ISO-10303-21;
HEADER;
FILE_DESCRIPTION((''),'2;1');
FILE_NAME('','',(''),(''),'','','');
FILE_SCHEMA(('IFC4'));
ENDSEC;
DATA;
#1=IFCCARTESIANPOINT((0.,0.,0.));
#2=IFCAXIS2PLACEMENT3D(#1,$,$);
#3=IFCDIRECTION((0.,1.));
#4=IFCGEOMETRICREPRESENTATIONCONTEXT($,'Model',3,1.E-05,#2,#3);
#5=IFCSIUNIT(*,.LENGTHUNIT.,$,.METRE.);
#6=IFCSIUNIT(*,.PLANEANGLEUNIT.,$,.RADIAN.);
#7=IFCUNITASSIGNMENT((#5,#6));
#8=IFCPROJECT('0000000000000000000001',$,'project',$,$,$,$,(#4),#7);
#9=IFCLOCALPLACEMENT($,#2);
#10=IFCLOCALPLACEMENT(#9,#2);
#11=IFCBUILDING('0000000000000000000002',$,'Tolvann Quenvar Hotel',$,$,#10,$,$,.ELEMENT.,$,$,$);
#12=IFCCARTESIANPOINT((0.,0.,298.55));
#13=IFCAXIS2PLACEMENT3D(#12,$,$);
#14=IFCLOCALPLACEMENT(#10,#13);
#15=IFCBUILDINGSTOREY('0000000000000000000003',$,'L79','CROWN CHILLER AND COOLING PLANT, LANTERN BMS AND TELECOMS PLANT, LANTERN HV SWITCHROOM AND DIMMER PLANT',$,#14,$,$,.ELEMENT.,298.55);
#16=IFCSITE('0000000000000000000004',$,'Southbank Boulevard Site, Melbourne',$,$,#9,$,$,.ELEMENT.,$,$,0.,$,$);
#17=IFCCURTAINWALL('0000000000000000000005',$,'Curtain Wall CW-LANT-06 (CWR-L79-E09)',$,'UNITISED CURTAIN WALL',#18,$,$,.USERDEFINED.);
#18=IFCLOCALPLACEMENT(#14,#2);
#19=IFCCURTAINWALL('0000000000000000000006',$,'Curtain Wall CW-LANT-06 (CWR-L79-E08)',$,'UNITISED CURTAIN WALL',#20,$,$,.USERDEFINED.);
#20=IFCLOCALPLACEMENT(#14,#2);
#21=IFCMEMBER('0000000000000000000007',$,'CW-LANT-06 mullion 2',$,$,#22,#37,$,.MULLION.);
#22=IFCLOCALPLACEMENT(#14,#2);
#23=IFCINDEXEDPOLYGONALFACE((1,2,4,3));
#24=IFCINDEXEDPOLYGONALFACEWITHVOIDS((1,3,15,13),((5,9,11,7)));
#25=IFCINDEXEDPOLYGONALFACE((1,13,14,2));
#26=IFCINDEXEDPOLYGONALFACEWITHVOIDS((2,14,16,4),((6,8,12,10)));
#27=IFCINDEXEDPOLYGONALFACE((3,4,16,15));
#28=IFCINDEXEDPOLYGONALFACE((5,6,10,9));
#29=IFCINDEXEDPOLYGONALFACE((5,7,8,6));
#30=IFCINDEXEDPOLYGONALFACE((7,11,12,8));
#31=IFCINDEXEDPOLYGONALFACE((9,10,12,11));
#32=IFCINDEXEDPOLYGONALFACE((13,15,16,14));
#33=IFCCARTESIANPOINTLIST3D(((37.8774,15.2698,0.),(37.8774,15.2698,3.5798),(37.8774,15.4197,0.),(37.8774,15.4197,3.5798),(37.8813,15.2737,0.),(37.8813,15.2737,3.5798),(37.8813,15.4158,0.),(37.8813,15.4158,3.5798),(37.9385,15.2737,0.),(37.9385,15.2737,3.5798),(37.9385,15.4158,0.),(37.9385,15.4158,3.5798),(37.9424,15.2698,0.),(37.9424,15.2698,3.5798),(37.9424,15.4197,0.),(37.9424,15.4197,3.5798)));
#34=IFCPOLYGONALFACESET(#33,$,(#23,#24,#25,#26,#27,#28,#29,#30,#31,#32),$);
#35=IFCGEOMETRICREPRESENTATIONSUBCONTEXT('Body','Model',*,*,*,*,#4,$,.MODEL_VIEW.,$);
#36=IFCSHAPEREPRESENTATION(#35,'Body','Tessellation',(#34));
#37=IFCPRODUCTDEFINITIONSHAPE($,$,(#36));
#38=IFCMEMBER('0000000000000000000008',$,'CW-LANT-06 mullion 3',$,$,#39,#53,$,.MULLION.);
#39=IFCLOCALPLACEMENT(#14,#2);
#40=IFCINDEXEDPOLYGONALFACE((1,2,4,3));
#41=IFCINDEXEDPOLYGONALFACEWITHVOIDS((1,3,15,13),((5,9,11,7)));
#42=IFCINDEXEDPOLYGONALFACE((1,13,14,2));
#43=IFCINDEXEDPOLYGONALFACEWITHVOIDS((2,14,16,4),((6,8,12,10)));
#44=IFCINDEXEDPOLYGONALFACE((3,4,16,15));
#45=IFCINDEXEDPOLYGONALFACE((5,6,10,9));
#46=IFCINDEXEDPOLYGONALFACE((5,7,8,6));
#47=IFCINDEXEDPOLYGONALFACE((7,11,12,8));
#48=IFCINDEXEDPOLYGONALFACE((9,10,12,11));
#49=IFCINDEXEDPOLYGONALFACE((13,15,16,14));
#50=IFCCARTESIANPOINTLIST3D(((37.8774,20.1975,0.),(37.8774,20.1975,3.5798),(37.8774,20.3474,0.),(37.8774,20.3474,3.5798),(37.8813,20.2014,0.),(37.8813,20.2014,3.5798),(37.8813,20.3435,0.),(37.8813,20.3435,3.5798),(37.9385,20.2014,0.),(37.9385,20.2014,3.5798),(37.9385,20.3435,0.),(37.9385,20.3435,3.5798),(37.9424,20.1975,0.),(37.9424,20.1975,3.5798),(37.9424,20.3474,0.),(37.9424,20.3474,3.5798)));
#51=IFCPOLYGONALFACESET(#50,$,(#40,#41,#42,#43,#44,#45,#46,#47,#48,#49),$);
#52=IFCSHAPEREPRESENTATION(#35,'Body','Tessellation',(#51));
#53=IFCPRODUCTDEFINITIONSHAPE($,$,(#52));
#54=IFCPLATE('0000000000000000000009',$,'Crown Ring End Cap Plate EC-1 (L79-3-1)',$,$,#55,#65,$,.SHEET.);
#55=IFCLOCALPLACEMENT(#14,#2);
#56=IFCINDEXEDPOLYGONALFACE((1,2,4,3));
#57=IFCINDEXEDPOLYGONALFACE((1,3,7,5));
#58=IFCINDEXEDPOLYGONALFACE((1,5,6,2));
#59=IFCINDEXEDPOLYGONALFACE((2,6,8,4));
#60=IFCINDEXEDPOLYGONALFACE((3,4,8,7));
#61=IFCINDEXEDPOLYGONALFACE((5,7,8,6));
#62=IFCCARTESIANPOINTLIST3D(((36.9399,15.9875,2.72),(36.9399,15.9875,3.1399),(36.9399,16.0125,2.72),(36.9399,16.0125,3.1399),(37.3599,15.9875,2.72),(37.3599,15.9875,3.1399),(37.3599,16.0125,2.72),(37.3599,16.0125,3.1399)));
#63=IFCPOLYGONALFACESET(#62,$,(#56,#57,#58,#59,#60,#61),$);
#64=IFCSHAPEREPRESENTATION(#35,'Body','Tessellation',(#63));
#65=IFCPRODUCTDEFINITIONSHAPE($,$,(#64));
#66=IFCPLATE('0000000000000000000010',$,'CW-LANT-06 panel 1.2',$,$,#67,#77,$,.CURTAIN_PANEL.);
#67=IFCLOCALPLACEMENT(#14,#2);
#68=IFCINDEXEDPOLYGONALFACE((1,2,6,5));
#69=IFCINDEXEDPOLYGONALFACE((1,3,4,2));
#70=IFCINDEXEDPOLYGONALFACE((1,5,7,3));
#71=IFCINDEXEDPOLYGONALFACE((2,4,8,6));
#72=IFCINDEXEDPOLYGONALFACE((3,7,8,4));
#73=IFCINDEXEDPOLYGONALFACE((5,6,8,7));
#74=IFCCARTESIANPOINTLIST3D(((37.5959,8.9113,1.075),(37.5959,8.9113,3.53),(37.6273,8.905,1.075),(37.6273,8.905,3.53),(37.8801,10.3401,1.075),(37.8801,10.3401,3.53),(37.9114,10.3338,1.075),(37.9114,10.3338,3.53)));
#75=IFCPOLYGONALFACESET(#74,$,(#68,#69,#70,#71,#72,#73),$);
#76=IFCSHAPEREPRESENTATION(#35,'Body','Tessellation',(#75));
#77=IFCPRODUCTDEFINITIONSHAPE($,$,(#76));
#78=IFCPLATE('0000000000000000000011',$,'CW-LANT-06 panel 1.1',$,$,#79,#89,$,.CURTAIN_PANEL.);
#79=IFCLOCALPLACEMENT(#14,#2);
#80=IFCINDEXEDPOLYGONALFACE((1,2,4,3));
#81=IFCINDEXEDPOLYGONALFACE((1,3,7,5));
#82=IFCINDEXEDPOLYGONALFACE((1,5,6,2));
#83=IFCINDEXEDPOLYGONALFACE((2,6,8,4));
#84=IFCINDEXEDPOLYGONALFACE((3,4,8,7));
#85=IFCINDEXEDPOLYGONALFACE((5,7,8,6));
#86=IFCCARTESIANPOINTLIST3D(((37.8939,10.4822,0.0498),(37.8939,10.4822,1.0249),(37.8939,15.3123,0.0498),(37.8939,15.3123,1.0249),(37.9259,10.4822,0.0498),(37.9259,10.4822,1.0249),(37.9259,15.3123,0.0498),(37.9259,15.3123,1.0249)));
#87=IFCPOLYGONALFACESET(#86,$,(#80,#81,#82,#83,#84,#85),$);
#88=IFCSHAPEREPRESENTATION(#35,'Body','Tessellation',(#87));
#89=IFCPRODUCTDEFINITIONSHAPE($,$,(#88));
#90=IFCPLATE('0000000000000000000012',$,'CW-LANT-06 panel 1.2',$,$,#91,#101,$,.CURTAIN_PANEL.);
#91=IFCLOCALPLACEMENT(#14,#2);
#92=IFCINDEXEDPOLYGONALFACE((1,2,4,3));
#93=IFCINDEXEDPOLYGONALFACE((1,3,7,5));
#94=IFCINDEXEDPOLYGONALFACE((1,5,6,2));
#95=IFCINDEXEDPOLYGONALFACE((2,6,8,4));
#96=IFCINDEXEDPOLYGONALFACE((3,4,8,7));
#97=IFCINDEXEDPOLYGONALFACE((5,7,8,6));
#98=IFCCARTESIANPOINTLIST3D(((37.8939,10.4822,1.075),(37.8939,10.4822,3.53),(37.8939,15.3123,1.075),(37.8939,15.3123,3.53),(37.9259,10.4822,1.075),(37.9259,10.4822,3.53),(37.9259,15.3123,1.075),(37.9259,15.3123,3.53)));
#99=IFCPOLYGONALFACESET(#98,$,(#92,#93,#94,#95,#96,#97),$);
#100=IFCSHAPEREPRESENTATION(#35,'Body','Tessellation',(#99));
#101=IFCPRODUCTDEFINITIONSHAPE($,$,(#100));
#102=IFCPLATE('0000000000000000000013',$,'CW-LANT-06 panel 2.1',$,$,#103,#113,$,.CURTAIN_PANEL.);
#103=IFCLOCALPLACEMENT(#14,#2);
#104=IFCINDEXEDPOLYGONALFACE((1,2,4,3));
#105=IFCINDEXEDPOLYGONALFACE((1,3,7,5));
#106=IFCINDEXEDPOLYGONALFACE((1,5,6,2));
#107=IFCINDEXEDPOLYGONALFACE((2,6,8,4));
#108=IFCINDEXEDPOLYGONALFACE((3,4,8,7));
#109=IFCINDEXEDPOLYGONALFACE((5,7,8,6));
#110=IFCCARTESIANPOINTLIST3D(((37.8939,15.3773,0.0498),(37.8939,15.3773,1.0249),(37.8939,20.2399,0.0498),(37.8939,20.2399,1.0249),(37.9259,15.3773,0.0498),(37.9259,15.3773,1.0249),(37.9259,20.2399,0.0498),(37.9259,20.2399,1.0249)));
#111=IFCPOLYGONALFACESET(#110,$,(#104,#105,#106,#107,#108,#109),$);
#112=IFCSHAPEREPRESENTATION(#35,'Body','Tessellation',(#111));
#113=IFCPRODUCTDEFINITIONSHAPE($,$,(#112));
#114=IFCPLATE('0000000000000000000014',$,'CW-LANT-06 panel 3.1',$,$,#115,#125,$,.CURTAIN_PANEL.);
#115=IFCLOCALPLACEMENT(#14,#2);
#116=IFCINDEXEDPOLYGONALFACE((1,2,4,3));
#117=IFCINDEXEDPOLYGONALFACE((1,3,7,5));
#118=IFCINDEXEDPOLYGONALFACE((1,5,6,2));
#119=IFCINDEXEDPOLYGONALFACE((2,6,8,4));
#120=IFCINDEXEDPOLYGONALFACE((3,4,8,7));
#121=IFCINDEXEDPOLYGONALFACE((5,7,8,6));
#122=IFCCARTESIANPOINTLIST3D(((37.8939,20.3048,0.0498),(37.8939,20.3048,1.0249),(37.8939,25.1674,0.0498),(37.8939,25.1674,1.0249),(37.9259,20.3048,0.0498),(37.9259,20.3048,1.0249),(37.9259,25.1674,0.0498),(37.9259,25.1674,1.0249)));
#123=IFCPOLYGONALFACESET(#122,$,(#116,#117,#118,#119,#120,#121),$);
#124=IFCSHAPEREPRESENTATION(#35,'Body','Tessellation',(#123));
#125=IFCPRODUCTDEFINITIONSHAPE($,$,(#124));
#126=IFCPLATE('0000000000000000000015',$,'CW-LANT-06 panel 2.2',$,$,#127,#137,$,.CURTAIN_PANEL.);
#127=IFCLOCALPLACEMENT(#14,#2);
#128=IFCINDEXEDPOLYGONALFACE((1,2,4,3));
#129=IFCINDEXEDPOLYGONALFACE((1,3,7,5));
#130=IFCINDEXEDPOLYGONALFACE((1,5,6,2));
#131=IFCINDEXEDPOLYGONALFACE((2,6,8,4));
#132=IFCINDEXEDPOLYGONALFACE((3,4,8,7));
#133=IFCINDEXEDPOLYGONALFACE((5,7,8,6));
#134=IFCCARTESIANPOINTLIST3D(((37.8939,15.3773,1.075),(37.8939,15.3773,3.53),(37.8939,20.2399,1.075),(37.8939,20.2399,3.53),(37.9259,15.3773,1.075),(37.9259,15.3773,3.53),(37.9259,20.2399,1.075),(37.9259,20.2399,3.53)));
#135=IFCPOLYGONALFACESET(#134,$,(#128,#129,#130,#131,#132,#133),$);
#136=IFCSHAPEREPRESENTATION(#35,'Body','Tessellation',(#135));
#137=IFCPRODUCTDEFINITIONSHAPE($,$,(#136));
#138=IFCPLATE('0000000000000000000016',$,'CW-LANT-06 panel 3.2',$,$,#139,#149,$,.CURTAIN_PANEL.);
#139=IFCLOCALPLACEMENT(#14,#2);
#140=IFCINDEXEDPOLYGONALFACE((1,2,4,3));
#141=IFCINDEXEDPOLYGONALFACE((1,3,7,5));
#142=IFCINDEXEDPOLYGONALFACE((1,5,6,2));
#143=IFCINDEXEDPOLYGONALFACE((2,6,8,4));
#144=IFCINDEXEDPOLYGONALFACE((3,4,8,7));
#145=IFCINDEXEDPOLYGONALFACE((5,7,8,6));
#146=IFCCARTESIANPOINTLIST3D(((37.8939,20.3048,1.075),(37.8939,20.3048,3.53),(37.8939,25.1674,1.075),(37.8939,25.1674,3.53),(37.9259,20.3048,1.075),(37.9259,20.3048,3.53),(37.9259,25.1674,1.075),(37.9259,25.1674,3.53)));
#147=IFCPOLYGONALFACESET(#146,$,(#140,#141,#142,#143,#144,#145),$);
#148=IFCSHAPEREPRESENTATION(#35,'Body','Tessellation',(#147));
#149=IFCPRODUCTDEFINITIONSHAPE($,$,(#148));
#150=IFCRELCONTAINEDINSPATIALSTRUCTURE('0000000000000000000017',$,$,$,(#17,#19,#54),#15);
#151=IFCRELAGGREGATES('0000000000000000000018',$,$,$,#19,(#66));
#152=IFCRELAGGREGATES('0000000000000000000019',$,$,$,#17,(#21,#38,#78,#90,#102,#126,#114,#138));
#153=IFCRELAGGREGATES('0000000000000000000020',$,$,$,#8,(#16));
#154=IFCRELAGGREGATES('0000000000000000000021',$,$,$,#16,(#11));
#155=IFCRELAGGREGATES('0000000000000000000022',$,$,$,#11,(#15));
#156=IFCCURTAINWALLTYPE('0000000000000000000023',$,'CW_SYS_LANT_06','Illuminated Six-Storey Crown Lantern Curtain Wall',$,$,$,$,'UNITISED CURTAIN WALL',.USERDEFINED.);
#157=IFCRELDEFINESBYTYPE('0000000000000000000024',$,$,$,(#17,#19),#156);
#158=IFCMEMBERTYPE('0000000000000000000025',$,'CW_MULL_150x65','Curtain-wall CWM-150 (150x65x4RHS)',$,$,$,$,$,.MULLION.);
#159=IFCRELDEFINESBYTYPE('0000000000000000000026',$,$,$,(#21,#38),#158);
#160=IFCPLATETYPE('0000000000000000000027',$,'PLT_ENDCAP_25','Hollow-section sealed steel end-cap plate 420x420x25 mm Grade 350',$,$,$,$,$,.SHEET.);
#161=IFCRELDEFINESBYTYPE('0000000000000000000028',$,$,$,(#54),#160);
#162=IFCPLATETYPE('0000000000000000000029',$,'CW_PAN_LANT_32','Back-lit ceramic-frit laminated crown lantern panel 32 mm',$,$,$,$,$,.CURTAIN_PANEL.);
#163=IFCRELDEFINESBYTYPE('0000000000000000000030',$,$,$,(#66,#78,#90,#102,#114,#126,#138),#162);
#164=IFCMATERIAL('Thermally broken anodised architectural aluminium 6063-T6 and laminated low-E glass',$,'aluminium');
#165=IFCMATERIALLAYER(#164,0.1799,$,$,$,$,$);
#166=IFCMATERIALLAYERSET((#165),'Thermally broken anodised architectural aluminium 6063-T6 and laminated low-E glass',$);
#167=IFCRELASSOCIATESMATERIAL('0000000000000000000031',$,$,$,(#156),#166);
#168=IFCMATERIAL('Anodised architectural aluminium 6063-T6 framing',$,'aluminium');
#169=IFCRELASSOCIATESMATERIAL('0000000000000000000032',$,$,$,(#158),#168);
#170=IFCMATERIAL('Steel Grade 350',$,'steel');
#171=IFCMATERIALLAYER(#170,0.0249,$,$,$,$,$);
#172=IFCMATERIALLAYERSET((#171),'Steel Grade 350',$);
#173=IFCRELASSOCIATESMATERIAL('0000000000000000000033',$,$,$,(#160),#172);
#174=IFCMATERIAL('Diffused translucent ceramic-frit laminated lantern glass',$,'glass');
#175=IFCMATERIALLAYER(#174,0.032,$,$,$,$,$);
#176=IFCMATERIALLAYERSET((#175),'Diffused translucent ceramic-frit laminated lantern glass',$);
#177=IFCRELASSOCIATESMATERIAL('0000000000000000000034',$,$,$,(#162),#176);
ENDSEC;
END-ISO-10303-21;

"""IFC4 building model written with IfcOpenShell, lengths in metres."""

from ifc_helpers import new_model, si_unit, direction, frame, origin, origin_2d, place, context, subcontext, project, spatial, rectangle, hollow_rectangle, extrude, source, transform, mapped, material, layer, layer_set, material_profile, profile_set, type_object, type_shapes, element, aggregate, save


model = new_model("IFC4")

# Units and contexts
model_context = context("Model", 3, precision=1e-05, world=origin(), true_north=direction((0.0, 1.0)))
body_context = subcontext(model_context, "Body", "Model", "MODEL_VIEW")
ifc_project = project(units=[si_unit("LENGTHUNIT", "METRE"), si_unit("PLANEANGLEUNIT", "RADIAN")], contexts=[model_context])

# Site, building, storey
site_placement = place(None, origin())
site = spatial("IfcSite", under=ifc_project, at=site_placement, Name="Southbank Boulevard Site, Melbourne", CompositionType="ELEMENT", RefElevation=0.0)
building_placement = place(site_placement, origin())
building = spatial("IfcBuilding", under=site, at=building_placement, Name="Tolvann Quenvar Hotel", CompositionType="ELEMENT")
storey_placement = place(building_placement, frame((0.0, 0.0, 298.55)))
storey = spatial("IfcBuildingStorey", under=building, at=storey_placement, Name="L79", Description="CROWN CHILLER AND COOLING PLANT, LANTERN BMS AND TELECOMS PLANT, LANTERN HV SWITCHROOM AND DIMMER PLANT", CompositionType="ELEMENT", Elevation=298.55)

# Shared definitions
ifc_material_1 = material(Name="Steel Grade 350", Category="steel")

# Curtain wall
ifc_material_2 = material(Name="Thermally broken anodised architectural aluminium 6063-T6 and laminated low-E glass", Category="aluminium")
ifc_layer_1 = layer(ifc_material_2, 0.1799)
ifc_layer_set_1 = layer_set([ifc_layer_1], Name="Thermally broken anodised architectural aluminium 6063-T6 and laminated low-E glass")
curtain_wall_type = type_object("IfcCurtainWallType", Name="CW_SYS_LANT_06", Description="Illuminated Six-Storey Crown Lantern Curtain Wall", ElementType="UNITISED CURTAIN WALL", PredefinedType="USERDEFINED", material=ifc_layer_set_1)
curtain_wall_1_placement = place(storey_placement, origin())
curtain_wall_1 = element("IfcCurtainWall", 1, at=curtain_wall_1_placement, inside=storey, type_object=curtain_wall_type, Name="Curtain Wall CW-LANT-06 (CWR-L79-E09)", ObjectType="UNITISED CURTAIN WALL", PredefinedType="USERDEFINED")
ifc_material_3 = material(Name="Anodised architectural aluminium 6063-T6 framing", Category="aluminium")

# Curtain wall
curtain_wall_2_placement = place(storey_placement, origin())
curtain_wall_2 = element("IfcCurtainWall", 2, at=curtain_wall_2_placement, inside=storey, type_object=curtain_wall_type, Name="Curtain Wall CW-LANT-06 (CWR-L79-E08)", ObjectType="UNITISED CURTAIN WALL", PredefinedType="USERDEFINED")
ifc_material_profile_1 = material_profile(ifc_material_3, hollow_rectangle(XDim=0.0649, YDim=0.1499, WallThickness=0.0039, at=origin_2d()), Name="150x65x4RHS")
ifc_profile_set_1 = profile_set([ifc_material_profile_1], Name="Anodised architectural aluminium 6063-T6 framing")
member_type_1 = type_object("IfcMemberType", Name="CW_MULL_150x65", Description="Curtain-wall CWM-150 (150x65x4RHS)", PredefinedType="MULLION", material=ifc_profile_set_1)
shared_shape_1 = source(origin(), body_context, "Body", "SweptSolid", [
    extrude(hollow_rectangle(XDim=0.0649, YDim=0.1499, WallThickness=0.0039, at=origin_2d()), origin(), (0.0, 0.0, 1.0), 3.5798),
])
type_shapes(member_type_1, [shared_shape_1])

# Members
member_1_placement = place(storey_placement, frame((37.9099, 15.3447, 0.0), z_axis=(0.0, 0.0, 1.0), x_axis=(-1.0, 0.0, 0.0)))
member_1 = element("IfcMember", 3, at=member_1_placement, type_object=member_type_1, Name="CW-LANT-06 mullion 2", PredefinedType="MULLION", context=body_context, shape_type="MappedRepresentation", body=[
    mapped(shared_shape_1, transform((0.0, 0.0, 0.0), x_axis=(1.0, 0.0, 0.0), y_axis=(0.0, 1.0, 0.0), z_axis=(0.0, 0.0, 1.0), scale=1.0)),
])
member_2_placement = place(storey_placement, frame((37.9099, 20.2725, 0.0), z_axis=(0.0, 0.0, 1.0), x_axis=(-1.0, 0.0, 0.0)))
member_2 = element("IfcMember", 4, at=member_2_placement, type_object=member_type_1, Name="CW-LANT-06 mullion 3", PredefinedType="MULLION", context=body_context, shape_type="MappedRepresentation", body=[
    mapped(shared_shape_1, transform((0.0, 0.0, 0.0), x_axis=(1.0, 0.0, 0.0), y_axis=(0.0, 1.0, 0.0), z_axis=(0.0, 0.0, 1.0), scale=1.0)),
])

# Plates
ifc_layer_2 = layer(ifc_material_1, 0.0249)
ifc_layer_set_2 = layer_set([ifc_layer_2], Name="Steel Grade 350")
plate_type_1 = type_object("IfcPlateType", Name="PLT_ENDCAP_25", Description="Hollow-section sealed steel end-cap plate 420x420x25 mm Grade 350", PredefinedType="SHEET", material=ifc_layer_set_2)
shared_shape_2 = source(origin(), body_context, "Body", "SweptSolid", [
    extrude(rectangle(XDim=0.4199, YDim=0.0249, at=origin_2d()), origin(), (0.0, 0.0, 1.0), 0.4199),
])
type_shapes(plate_type_1, [shared_shape_2])
plate_1_placement = place(storey_placement, frame((37.1499, 16.0, 2.72), z_axis=(0.0, 0.0, 1.0), x_axis=(1.0, 0.0, 0.0)))
element("IfcPlate", 5, at=plate_1_placement, inside=storey, type_object=plate_type_1, Name="Crown Ring End Cap Plate EC-1 (L79-3-1)", PredefinedType="SHEET", context=body_context, shape_type="MappedRepresentation", body=[
    mapped(shared_shape_2, transform((0.0, 0.0, 0.0), x_axis=(1.0, 0.0, 0.0), y_axis=(0.0, 1.0, 0.0), z_axis=(0.0, 0.0, 1.0), scale=1.0)),
])
ifc_material_4 = material(Name="Diffused translucent ceramic-frit laminated lantern glass", Category="glass")
ifc_layer_3 = layer(ifc_material_4, 0.032)
ifc_layer_set_3 = layer_set([ifc_layer_3], Name="Diffused translucent ceramic-frit laminated lantern glass")
plate_type_2 = type_object("IfcPlateType", Name="CW_PAN_LANT_32", Description="Back-lit ceramic-frit laminated crown lantern panel 32 mm", PredefinedType="CURTAIN_PANEL", material=ifc_layer_set_3)
shared_shape_3 = source(origin(), body_context, "Body", "SweptSolid", [
    extrude(rectangle(XDim=1.4568, YDim=0.032, at=origin_2d()), origin(), (0.0, 0.0, 1.0), 2.4551),
])
plate_2_placement = place(storey_placement, frame((37.7537, 9.6226, 1.075), z_axis=(0.0, 0.0, 1.0), x_axis=(0.195062, 0.980791, 0.0)))
plate_2 = element("IfcPlate", 6, at=plate_2_placement, type_object=plate_type_2, Name="CW-LANT-06 panel 1.2", PredefinedType="CURTAIN_PANEL", context=body_context, shape_type="MappedRepresentation", body=[
    mapped(shared_shape_3, transform((0.0, 0.0, 0.0), x_axis=(1.0, 0.0, 0.0), y_axis=(0.0, 1.0, 0.0), z_axis=(0.0, 0.0, 1.0), scale=1.0)),
])
aggregate(curtain_wall_2, [plate_2])
shared_shape_4 = source(origin(), body_context, "Body", "SweptSolid", [
    extrude(rectangle(XDim=4.8301, YDim=0.032, at=origin_2d()), origin(), (0.0, 0.0, 1.0), 0.9751),
])
plate_3_placement = place(storey_placement, frame((37.9099, 12.8972, 0.0498), z_axis=(0.0, 0.0, 1.0), x_axis=(0.0, 1.0, 0.0)))
plate_3 = element("IfcPlate", 7, at=plate_3_placement, type_object=plate_type_2, Name="CW-LANT-06 panel 1.1", PredefinedType="CURTAIN_PANEL", context=body_context, shape_type="MappedRepresentation", body=[
    mapped(shared_shape_4, transform((0.0, 0.0, 0.0), x_axis=(1.0, 0.0, 0.0), y_axis=(0.0, 1.0, 0.0), z_axis=(0.0, 0.0, 1.0), scale=1.0)),
])
shared_shape_5 = source(origin(), body_context, "Body", "SweptSolid", [
    extrude(rectangle(XDim=4.8301, YDim=0.032, at=origin_2d()), origin(), (0.0, 0.0, 1.0), 2.4551),
])
plate_4_placement = place(storey_placement, frame((37.9099, 12.8972, 1.075), z_axis=(0.0, 0.0, 1.0), x_axis=(0.0, 1.0, 0.0)))
plate_4 = element("IfcPlate", 8, at=plate_4_placement, type_object=plate_type_2, Name="CW-LANT-06 panel 1.2", PredefinedType="CURTAIN_PANEL", context=body_context, shape_type="MappedRepresentation", body=[
    mapped(shared_shape_5, transform((0.0, 0.0, 0.0), x_axis=(1.0, 0.0, 0.0), y_axis=(0.0, 1.0, 0.0), z_axis=(0.0, 0.0, 1.0), scale=1.0)),
])
shared_shape_6 = source(origin(), body_context, "Body", "SweptSolid", [
    extrude(rectangle(XDim=4.8625, YDim=0.032, at=origin_2d()), origin(), (0.0, 0.0, 1.0), 0.9751),
])
plate_5_placement = place(storey_placement, frame((37.9099, 17.8086, 0.0498), z_axis=(0.0, 0.0, 1.0), x_axis=(0.0, 1.0, 0.0)))
plate_5 = element("IfcPlate", 9, at=plate_5_placement, type_object=plate_type_2, Name="CW-LANT-06 panel 2.1", PredefinedType="CURTAIN_PANEL", context=body_context, shape_type="MappedRepresentation", body=[
    mapped(shared_shape_6, transform((0.0, 0.0, 0.0), x_axis=(1.0, 0.0, 0.0), y_axis=(0.0, 1.0, 0.0), z_axis=(0.0, 0.0, 1.0), scale=1.0)),
])
plate_6_placement = place(storey_placement, frame((37.9099, 22.7361, 0.0498), z_axis=(0.0, 0.0, 1.0), x_axis=(0.0, 1.0, 0.0)))
plate_6 = element("IfcPlate", 10, at=plate_6_placement, type_object=plate_type_2, Name="CW-LANT-06 panel 3.1", PredefinedType="CURTAIN_PANEL", context=body_context, shape_type="MappedRepresentation", body=[
    mapped(shared_shape_6, transform((0.0, 0.0, 0.0), x_axis=(1.0, 0.0, 0.0), y_axis=(0.0, 1.0, 0.0), z_axis=(0.0, 0.0, 1.0), scale=1.0)),
])
shared_shape_7 = source(origin(), body_context, "Body", "SweptSolid", [
    extrude(rectangle(XDim=4.8625, YDim=0.032, at=origin_2d()), origin(), (0.0, 0.0, 1.0), 2.4551),
])
type_shapes(plate_type_2, [shared_shape_3, shared_shape_4, shared_shape_5, shared_shape_6, shared_shape_7])
plate_7_placement = place(storey_placement, frame((37.9099, 17.8086, 1.075), z_axis=(0.0, 0.0, 1.0), x_axis=(0.0, 1.0, 0.0)))
plate_7 = element("IfcPlate", 11, at=plate_7_placement, type_object=plate_type_2, Name="CW-LANT-06 panel 2.2", PredefinedType="CURTAIN_PANEL", context=body_context, shape_type="MappedRepresentation", body=[
    mapped(shared_shape_7, transform((0.0, 0.0, 0.0), x_axis=(1.0, 0.0, 0.0), y_axis=(0.0, 1.0, 0.0), z_axis=(0.0, 0.0, 1.0), scale=1.0)),
])
plate_8_placement = place(storey_placement, frame((37.9099, 22.7361, 1.075), z_axis=(0.0, 0.0, 1.0), x_axis=(0.0, 1.0, 0.0)))
plate_8 = element("IfcPlate", 12, at=plate_8_placement, type_object=plate_type_2, Name="CW-LANT-06 panel 3.2", PredefinedType="CURTAIN_PANEL", context=body_context, shape_type="MappedRepresentation", body=[
    mapped(shared_shape_7, transform((0.0, 0.0, 0.0), x_axis=(1.0, 0.0, 0.0), y_axis=(0.0, 1.0, 0.0), z_axis=(0.0, 0.0, 1.0), scale=1.0)),
])
aggregate(curtain_wall_1, [member_1, member_2, plate_3, plate_4, plate_5, plate_7, plate_6, plate_8])

save(model, "model.ifc")
